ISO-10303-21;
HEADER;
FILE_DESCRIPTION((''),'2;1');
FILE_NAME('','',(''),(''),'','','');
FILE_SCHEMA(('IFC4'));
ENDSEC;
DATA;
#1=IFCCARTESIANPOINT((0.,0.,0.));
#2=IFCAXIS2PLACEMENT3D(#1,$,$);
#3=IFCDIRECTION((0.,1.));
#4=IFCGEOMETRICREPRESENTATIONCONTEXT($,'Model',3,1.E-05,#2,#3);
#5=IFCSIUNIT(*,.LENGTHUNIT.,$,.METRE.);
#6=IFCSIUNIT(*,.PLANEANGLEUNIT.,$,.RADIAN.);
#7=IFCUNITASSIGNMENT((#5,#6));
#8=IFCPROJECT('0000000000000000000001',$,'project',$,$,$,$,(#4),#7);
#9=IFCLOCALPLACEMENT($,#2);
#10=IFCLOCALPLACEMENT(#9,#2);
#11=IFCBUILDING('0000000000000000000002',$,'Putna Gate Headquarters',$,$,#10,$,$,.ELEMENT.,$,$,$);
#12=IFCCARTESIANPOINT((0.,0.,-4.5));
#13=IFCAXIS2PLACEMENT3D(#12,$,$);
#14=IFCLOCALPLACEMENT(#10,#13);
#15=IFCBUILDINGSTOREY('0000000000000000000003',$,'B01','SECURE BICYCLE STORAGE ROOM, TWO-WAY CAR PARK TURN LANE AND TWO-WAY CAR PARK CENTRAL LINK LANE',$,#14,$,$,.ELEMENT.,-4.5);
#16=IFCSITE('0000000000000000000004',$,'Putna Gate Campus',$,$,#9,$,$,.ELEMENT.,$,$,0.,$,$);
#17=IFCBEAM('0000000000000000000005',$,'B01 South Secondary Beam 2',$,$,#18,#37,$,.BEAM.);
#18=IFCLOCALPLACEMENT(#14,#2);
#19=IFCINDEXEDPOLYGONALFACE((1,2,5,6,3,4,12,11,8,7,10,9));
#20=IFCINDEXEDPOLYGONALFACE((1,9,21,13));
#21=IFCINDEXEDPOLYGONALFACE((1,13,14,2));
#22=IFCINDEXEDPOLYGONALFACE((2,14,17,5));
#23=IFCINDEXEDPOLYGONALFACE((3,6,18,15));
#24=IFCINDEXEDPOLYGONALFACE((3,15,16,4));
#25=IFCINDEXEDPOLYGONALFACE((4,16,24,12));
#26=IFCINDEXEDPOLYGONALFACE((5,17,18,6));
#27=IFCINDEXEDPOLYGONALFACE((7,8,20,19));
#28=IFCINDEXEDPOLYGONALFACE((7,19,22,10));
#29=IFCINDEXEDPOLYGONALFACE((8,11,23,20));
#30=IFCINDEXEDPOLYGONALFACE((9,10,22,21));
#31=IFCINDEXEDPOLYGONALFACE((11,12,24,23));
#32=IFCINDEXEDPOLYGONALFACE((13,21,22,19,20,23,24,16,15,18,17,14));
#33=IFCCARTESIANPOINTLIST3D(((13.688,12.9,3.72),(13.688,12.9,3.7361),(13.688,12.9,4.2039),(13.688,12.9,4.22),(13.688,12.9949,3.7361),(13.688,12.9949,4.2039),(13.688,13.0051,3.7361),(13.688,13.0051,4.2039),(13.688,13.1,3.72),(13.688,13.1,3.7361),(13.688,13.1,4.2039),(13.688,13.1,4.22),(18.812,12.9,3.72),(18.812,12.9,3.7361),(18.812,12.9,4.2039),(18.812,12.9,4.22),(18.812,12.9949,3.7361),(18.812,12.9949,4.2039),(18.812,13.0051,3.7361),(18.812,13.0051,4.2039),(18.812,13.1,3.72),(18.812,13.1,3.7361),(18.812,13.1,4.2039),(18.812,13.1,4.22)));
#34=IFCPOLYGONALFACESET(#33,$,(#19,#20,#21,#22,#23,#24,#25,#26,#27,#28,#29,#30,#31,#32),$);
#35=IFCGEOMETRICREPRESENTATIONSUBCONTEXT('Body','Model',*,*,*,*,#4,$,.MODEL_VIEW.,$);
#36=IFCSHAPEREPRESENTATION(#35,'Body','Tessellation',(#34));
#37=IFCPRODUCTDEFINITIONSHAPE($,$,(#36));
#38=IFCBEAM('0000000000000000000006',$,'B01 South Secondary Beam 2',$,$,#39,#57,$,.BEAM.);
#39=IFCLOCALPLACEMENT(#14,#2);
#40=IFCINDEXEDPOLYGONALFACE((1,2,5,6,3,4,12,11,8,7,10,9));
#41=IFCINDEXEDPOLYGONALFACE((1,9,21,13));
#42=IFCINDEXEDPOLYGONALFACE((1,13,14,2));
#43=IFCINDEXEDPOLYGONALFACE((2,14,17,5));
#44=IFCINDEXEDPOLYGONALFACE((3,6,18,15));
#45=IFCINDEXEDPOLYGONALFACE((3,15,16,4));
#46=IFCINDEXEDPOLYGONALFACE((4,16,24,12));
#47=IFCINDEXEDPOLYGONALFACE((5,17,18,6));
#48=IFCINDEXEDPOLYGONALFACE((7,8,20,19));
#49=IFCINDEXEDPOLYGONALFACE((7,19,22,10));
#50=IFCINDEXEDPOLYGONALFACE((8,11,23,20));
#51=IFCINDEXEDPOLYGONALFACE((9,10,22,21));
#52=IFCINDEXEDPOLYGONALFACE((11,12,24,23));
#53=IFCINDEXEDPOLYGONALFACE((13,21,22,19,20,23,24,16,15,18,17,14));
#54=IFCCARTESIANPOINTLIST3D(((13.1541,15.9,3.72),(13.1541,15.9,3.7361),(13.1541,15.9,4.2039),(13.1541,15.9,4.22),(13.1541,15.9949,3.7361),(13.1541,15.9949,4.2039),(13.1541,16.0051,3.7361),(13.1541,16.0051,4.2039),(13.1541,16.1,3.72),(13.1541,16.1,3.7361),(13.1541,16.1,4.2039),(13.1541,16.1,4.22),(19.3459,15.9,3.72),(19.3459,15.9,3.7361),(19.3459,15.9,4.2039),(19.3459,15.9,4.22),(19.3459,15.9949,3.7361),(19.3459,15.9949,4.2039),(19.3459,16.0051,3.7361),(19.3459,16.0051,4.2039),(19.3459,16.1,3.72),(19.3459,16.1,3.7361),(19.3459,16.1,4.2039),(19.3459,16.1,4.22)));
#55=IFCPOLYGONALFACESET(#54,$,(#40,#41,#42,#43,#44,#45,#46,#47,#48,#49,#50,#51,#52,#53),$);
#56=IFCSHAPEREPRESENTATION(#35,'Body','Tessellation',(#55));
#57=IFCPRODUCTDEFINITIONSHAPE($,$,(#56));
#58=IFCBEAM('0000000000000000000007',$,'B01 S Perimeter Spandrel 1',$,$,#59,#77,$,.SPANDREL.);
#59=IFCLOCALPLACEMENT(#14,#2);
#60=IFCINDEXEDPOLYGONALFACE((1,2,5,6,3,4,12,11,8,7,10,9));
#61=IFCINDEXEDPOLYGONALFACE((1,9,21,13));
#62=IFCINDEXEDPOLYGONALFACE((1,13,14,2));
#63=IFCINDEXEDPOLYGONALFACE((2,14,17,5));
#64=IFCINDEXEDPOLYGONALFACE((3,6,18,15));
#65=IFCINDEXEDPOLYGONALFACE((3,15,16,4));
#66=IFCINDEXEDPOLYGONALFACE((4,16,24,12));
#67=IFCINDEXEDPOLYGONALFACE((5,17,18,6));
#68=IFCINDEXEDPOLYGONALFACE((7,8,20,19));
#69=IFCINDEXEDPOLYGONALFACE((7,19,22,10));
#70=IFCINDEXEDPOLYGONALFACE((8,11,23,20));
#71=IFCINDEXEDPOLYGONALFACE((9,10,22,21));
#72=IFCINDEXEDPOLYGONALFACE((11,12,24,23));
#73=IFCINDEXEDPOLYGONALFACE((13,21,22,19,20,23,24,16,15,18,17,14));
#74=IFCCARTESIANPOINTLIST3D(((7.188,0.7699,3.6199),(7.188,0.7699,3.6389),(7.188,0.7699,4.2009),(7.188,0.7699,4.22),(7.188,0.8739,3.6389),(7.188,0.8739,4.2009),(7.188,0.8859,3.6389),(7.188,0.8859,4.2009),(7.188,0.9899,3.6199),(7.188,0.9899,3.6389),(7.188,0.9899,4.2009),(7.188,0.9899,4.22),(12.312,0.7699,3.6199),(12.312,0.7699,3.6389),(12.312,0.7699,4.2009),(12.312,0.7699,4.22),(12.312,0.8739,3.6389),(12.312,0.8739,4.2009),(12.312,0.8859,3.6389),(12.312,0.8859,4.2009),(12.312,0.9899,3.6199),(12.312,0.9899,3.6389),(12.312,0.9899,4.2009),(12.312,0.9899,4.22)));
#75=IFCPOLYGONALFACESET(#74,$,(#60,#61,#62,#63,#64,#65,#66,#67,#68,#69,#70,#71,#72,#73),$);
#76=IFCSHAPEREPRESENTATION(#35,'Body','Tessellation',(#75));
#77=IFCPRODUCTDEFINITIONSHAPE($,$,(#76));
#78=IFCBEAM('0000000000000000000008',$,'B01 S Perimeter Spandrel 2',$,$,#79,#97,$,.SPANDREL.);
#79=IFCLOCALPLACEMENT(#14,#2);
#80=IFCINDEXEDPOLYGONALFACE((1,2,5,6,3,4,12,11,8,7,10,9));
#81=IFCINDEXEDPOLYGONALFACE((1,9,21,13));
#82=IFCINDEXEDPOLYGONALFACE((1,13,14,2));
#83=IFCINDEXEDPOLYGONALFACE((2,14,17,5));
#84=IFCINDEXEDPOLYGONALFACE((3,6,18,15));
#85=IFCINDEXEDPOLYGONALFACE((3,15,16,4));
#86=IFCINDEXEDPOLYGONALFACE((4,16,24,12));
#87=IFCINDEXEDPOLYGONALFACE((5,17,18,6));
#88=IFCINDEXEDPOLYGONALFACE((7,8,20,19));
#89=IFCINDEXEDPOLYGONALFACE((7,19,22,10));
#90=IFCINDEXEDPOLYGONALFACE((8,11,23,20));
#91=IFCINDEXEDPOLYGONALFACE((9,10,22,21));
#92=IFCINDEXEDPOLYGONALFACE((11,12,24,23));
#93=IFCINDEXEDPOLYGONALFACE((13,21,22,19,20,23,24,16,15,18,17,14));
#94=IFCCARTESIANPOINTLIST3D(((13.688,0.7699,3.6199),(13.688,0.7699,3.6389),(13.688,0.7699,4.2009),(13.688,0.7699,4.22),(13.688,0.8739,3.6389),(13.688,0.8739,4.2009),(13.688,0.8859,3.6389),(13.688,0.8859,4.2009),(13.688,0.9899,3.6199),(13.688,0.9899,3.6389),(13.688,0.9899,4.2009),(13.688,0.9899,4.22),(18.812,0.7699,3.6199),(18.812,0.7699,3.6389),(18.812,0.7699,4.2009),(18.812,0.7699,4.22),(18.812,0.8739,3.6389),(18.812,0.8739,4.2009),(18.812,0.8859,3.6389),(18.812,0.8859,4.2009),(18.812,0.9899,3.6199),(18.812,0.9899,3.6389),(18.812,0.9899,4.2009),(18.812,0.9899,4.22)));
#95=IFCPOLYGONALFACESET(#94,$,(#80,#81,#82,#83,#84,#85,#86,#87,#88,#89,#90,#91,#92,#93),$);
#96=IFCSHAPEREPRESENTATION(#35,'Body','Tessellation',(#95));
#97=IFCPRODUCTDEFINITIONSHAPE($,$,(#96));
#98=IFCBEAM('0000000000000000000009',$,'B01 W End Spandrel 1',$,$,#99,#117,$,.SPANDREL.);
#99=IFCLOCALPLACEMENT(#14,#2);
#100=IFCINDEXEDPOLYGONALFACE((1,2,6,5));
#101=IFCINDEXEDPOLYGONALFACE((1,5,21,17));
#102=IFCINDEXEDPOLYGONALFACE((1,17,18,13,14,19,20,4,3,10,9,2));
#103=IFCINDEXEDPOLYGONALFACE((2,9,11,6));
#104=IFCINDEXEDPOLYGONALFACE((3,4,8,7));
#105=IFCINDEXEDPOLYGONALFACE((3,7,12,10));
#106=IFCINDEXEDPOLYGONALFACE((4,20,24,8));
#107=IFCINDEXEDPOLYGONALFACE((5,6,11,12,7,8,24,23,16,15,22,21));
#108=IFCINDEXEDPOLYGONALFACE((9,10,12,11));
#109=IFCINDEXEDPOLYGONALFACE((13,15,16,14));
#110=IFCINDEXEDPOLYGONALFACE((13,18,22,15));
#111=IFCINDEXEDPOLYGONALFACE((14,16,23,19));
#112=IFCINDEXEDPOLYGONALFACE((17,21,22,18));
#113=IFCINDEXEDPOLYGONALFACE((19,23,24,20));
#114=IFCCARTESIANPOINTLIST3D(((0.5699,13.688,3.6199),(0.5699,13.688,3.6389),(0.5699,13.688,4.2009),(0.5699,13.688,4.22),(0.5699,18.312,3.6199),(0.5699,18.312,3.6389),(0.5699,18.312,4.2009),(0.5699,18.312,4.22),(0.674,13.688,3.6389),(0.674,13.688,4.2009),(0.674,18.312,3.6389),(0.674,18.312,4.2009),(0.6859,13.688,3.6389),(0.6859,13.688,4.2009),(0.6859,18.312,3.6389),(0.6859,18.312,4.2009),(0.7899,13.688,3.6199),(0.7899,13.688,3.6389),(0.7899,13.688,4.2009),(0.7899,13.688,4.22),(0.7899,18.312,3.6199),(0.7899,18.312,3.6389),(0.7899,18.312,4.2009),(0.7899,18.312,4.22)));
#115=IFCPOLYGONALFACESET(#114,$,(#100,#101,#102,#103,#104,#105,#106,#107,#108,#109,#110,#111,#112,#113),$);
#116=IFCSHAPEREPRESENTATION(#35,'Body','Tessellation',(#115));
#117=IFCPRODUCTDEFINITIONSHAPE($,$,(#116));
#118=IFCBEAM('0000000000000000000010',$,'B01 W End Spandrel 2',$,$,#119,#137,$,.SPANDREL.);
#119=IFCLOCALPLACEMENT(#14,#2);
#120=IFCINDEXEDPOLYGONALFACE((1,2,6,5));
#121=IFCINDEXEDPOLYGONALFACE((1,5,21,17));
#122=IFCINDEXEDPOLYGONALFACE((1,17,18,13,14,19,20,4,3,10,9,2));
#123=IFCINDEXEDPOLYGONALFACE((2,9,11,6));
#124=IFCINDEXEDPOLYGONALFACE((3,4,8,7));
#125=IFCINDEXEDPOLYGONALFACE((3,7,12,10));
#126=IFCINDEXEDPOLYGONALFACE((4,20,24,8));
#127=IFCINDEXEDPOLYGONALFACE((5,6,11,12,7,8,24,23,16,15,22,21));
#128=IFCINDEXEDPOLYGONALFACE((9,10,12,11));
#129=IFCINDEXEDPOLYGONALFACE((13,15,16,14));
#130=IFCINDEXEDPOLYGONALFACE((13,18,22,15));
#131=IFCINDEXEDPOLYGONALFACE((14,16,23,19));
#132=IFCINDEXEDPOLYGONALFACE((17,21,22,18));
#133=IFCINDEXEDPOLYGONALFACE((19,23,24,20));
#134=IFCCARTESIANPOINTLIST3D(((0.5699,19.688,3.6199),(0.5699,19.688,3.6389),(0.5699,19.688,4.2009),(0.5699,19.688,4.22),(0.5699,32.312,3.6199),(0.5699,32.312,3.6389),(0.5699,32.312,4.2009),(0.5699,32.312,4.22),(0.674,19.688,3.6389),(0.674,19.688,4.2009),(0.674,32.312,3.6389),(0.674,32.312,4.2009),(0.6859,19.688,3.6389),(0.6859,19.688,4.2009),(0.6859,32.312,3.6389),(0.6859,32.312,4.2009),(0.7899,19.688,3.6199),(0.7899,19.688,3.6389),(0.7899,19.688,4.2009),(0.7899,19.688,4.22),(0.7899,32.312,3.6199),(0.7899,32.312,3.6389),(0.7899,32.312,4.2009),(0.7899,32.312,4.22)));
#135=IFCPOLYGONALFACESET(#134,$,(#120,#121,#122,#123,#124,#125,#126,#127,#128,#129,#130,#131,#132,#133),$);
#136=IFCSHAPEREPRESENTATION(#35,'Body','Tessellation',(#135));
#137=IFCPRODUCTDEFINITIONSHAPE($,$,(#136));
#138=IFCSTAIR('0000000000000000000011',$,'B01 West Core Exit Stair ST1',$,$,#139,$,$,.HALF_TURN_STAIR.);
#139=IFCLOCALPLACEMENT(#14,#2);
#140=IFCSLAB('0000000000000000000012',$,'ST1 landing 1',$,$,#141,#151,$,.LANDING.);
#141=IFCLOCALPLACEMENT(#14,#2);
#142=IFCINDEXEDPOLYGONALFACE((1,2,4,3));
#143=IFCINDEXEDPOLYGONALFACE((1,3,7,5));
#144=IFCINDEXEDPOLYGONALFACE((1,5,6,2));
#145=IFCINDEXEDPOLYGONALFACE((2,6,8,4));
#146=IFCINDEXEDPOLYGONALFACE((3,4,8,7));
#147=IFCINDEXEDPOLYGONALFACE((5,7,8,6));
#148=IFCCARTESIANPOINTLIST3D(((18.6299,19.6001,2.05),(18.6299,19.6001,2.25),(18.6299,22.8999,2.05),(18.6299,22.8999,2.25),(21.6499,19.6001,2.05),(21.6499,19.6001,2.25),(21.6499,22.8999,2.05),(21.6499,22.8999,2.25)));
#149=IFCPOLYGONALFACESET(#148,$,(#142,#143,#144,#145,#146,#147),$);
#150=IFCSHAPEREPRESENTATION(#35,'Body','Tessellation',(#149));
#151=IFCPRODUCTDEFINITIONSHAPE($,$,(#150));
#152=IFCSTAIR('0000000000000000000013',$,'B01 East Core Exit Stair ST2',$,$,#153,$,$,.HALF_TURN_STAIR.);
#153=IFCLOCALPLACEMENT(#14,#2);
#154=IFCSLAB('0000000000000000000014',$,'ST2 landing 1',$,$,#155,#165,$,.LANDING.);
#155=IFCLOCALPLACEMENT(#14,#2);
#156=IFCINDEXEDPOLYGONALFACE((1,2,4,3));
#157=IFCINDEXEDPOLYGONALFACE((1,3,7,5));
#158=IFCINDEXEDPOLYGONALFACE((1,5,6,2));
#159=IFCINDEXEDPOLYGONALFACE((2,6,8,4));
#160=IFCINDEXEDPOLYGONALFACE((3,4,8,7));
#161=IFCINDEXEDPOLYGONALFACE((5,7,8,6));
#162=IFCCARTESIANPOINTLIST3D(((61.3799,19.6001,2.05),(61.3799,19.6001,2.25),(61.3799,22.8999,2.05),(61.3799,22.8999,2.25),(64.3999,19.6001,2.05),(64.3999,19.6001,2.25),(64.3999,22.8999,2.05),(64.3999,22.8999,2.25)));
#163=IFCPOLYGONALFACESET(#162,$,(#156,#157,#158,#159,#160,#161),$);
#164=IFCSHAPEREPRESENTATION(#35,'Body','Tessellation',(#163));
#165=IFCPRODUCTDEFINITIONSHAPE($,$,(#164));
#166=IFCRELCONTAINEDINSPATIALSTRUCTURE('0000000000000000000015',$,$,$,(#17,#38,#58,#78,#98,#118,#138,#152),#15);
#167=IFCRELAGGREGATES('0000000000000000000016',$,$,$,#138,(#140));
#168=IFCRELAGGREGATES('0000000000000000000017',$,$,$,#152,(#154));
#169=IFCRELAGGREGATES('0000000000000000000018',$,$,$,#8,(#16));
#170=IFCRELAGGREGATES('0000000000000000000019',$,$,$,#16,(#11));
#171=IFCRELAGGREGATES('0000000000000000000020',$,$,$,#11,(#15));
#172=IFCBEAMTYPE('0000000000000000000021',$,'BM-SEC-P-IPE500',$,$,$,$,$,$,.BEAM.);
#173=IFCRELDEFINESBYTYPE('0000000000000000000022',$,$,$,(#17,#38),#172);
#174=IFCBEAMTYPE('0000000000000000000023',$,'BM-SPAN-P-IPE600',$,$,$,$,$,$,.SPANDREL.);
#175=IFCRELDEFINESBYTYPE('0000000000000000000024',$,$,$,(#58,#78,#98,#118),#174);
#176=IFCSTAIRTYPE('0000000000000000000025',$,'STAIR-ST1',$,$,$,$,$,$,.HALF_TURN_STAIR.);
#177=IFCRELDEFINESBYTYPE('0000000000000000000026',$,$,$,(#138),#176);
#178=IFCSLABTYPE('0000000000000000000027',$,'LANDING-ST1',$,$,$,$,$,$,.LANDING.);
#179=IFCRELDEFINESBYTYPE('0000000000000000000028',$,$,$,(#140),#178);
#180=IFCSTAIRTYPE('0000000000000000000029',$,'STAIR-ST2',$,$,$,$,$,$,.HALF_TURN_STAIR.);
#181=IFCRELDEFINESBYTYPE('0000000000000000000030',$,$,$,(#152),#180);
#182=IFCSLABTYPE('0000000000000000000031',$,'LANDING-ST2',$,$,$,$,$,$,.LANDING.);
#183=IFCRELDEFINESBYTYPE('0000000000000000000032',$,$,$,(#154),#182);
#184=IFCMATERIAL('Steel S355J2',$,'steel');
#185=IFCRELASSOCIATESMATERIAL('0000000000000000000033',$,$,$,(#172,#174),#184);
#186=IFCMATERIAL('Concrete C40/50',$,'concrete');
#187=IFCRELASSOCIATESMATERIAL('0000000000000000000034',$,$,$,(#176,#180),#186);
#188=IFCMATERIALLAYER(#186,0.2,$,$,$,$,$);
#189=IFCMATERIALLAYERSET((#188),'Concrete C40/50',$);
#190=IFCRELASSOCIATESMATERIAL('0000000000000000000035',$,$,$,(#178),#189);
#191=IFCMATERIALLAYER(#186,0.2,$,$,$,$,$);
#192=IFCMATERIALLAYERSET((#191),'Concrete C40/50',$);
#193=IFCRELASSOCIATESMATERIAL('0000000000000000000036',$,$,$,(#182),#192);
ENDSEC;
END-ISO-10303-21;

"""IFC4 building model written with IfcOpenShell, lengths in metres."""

from ifc_helpers import new_model, si_unit, direction, frame, origin, origin_2d, place, context, subcontext, project, spatial, polyline, i_section, outline, extrude, material, layer, layer_set, material_profile, profile_set, type_object, element, aggregate, save


model = new_model("IFC4")

# Units and contexts
model_context = context("Model", 3, precision=1e-05, world=origin(), true_north=direction((0.0, 1.0)))
body_context = subcontext(model_context, "Body", "Model", "MODEL_VIEW")
ifc_project = project(units=[si_unit("LENGTHUNIT", "METRE"), si_unit("PLANEANGLEUNIT", "RADIAN")], contexts=[model_context])

# Site, building, storey
site_placement = place(None, origin())
site = spatial("IfcSite", under=ifc_project, at=site_placement, Name="Putna Gate Campus", CompositionType="ELEMENT", RefElevation=0.0)
building_placement = place(site_placement, origin())
building = spatial("IfcBuilding", under=site, at=building_placement, Name="Putna Gate Headquarters", CompositionType="ELEMENT")
storey_placement = place(building_placement, frame((0.0, 0.0, -4.5)))
storey = spatial("IfcBuildingStorey", under=building, at=storey_placement, Name="B01", Description="SECURE BICYCLE STORAGE ROOM, TWO-WAY CAR PARK TURN LANE AND TWO-WAY CAR PARK CENTRAL LINK LANE", CompositionType="ELEMENT", Elevation=-4.5)

# Beams
ifc_material_1 = material(Name="Steel S355J2", Category="steel")
ifc_material_profile_1 = material_profile(ifc_material_1, i_section(OverallWidth=0.2, OverallDepth=0.5, WebThickness=0.0103, FlangeThickness=0.0161, at=origin_2d()), Name="Steel S355J2")
ifc_profile_set_1 = profile_set([ifc_material_profile_1], Name="Steel S355J2")
beam_type_1 = type_object("IfcBeamType", Name="BM-SEC-P-IPE500", PredefinedType="BEAM", material=ifc_profile_set_1)
beam_1_placement = place(storey_placement, frame((13.688, 13.0, 3.97), z_axis=(1.0, 0.0, 0.0), x_axis=(0.0, 1.0, 0.0)))
element("IfcBeam", 1, at=beam_1_placement, inside=storey, type_object=beam_type_1, Name="B01 South Secondary Beam 2", PredefinedType="BEAM", context=body_context, shape_type="SweptSolid", body=[
    extrude(i_section(OverallWidth=0.2, OverallDepth=0.5, WebThickness=0.0103, FlangeThickness=0.0161, at=origin_2d()), origin(), (0.0, 0.0, 1.0), 5.124),
])
beam_2_placement = place(storey_placement, frame((13.1541, 16.0, 3.97), z_axis=(1.0, 0.0, 0.0), x_axis=(0.0, 1.0, 0.0)))
element("IfcBeam", 2, at=beam_2_placement, inside=storey, type_object=beam_type_1, Name="B01 South Secondary Beam 2", PredefinedType="BEAM", context=body_context, shape_type="SweptSolid", body=[
    extrude(i_section(OverallWidth=0.2, OverallDepth=0.5, WebThickness=0.0103, FlangeThickness=0.0161, at=origin_2d()), origin(), (0.0, 0.0, 1.0), 6.1919),
])
ifc_material_profile_2 = material_profile(ifc_material_1, i_section(OverallWidth=0.22, OverallDepth=0.6001, WebThickness=0.012, FlangeThickness=0.019, at=origin_2d()), Name="Steel S355J2")
ifc_profile_set_2 = profile_set([ifc_material_profile_2], Name="Steel S355J2")
beam_type_2 = type_object("IfcBeamType", Name="BM-SPAN-P-IPE600", PredefinedType="SPANDREL", material=ifc_profile_set_2)
for number, where, z_axis, x_axis, name in (
    (3, (7.188, 0.8799, 3.9199), (1.0, 0.0, 0.0), (0.0, 1.0, 0.0), "B01 S Perimeter Spandrel 1"),
    (4, (13.688, 0.8799, 3.9199), (1.0, 0.0, 0.0), (0.0, 1.0, 0.0), "B01 S Perimeter Spandrel 2"),
):
    element("IfcBeam", number, at=place(storey_placement, frame(where, z_axis=z_axis, x_axis=x_axis)), inside=storey, type_object=beam_type_2, Name=name, PredefinedType="SPANDREL", context=body_context, shape_type="SweptSolid", body=[
        extrude(i_section(OverallWidth=0.22, OverallDepth=0.6001, WebThickness=0.012, FlangeThickness=0.019, at=origin_2d()), origin(), (0.0, 0.0, 1.0), 5.124),
    ])
beam_3_placement = place(storey_placement, frame((0.6799, 13.688, 3.9199), z_axis=(0.0, 1.0, 0.0), x_axis=(-1.0, 0.0, 0.0)))
element("IfcBeam", 5, at=beam_3_placement, inside=storey, type_object=beam_type_2, Name="B01 W End Spandrel 1", PredefinedType="SPANDREL", context=body_context, shape_type="SweptSolid", body=[
    extrude(i_section(OverallWidth=0.22, OverallDepth=0.6001, WebThickness=0.012, FlangeThickness=0.019, at=origin_2d()), origin(), (0.0, 0.0, 1.0), 4.624),
])
beam_4_placement = place(storey_placement, frame((0.6799, 19.688, 3.9199), z_axis=(0.0, 1.0, 0.0), x_axis=(-1.0, 0.0, 0.0)))
element("IfcBeam", 6, at=beam_4_placement, inside=storey, type_object=beam_type_2, Name="B01 W End Spandrel 2", PredefinedType="SPANDREL", context=body_context, shape_type="SweptSolid", body=[
    extrude(i_section(OverallWidth=0.22, OverallDepth=0.6001, WebThickness=0.012, FlangeThickness=0.019, at=origin_2d()), origin(), (0.0, 0.0, 1.0), 12.624),
])

# Stairs, slabs
ifc_material_2 = material(Name="Concrete C40/50", Category="concrete")
stair_type_1 = type_object("IfcStairType", Name="STAIR-ST1", PredefinedType="HALF_TURN_STAIR", material=ifc_material_2)
stair_1_placement = place(storey_placement, origin())
stair_1 = element("IfcStair", 7, at=stair_1_placement, inside=storey, type_object=stair_type_1, Name="B01 West Core Exit Stair ST1", PredefinedType="HALF_TURN_STAIR")
ifc_layer_1 = layer(ifc_material_2, 0.2)
ifc_layer_set_1 = layer_set([ifc_layer_1], Name="Concrete C40/50")
slab_type_1 = type_object("IfcSlabType", Name="LANDING-ST1", PredefinedType="LANDING", material=ifc_layer_set_1)
slab_1_placement = place(storey_placement, frame((0.0, 0.0, 2.05)))
slab_1 = element("IfcSlab", 8, at=slab_1_placement, type_object=slab_type_1, Name="ST1 landing 1", PredefinedType="LANDING", context=body_context, shape_type="SweptSolid", body=[
    extrude(outline(polyline([(18.6299, 19.6001), (21.6499, 19.6001), (21.6499, 22.8999), (18.6299, 22.8999), (18.6299, 19.6001)])), origin(), (0.0, 0.0, 1.0), 0.2),
])
aggregate(stair_1, [slab_1])
stair_type_2 = type_object("IfcStairType", Name="STAIR-ST2", PredefinedType="HALF_TURN_STAIR", material=ifc_material_2)
stair_2_placement = place(storey_placement, origin())
stair_2 = element("IfcStair", 9, at=stair_2_placement, inside=storey, type_object=stair_type_2, Name="B01 East Core Exit Stair ST2", PredefinedType="HALF_TURN_STAIR")
ifc_layer_2 = layer(ifc_material_2, 0.2)
ifc_layer_set_2 = layer_set([ifc_layer_2], Name="Concrete C40/50")
slab_type_2 = type_object("IfcSlabType", Name="LANDING-ST2", PredefinedType="LANDING", material=ifc_layer_set_2)
slab_2_placement = place(storey_placement, frame((0.0, 0.0, 2.05)))
slab_2 = element("IfcSlab", 10, at=slab_2_placement, type_object=slab_type_2, Name="ST2 landing 1", PredefinedType="LANDING", context=body_context, shape_type="SweptSolid", body=[
    extrude(outline(polyline([(61.3799, 19.6001), (64.3999, 19.6001), (64.3999, 22.8999), (61.3799, 22.8999), (61.3799, 19.6001)])), origin(), (0.0, 0.0, 1.0), 0.2),
])
aggregate(stair_2, [slab_2])

save(model, "model.ifc")
